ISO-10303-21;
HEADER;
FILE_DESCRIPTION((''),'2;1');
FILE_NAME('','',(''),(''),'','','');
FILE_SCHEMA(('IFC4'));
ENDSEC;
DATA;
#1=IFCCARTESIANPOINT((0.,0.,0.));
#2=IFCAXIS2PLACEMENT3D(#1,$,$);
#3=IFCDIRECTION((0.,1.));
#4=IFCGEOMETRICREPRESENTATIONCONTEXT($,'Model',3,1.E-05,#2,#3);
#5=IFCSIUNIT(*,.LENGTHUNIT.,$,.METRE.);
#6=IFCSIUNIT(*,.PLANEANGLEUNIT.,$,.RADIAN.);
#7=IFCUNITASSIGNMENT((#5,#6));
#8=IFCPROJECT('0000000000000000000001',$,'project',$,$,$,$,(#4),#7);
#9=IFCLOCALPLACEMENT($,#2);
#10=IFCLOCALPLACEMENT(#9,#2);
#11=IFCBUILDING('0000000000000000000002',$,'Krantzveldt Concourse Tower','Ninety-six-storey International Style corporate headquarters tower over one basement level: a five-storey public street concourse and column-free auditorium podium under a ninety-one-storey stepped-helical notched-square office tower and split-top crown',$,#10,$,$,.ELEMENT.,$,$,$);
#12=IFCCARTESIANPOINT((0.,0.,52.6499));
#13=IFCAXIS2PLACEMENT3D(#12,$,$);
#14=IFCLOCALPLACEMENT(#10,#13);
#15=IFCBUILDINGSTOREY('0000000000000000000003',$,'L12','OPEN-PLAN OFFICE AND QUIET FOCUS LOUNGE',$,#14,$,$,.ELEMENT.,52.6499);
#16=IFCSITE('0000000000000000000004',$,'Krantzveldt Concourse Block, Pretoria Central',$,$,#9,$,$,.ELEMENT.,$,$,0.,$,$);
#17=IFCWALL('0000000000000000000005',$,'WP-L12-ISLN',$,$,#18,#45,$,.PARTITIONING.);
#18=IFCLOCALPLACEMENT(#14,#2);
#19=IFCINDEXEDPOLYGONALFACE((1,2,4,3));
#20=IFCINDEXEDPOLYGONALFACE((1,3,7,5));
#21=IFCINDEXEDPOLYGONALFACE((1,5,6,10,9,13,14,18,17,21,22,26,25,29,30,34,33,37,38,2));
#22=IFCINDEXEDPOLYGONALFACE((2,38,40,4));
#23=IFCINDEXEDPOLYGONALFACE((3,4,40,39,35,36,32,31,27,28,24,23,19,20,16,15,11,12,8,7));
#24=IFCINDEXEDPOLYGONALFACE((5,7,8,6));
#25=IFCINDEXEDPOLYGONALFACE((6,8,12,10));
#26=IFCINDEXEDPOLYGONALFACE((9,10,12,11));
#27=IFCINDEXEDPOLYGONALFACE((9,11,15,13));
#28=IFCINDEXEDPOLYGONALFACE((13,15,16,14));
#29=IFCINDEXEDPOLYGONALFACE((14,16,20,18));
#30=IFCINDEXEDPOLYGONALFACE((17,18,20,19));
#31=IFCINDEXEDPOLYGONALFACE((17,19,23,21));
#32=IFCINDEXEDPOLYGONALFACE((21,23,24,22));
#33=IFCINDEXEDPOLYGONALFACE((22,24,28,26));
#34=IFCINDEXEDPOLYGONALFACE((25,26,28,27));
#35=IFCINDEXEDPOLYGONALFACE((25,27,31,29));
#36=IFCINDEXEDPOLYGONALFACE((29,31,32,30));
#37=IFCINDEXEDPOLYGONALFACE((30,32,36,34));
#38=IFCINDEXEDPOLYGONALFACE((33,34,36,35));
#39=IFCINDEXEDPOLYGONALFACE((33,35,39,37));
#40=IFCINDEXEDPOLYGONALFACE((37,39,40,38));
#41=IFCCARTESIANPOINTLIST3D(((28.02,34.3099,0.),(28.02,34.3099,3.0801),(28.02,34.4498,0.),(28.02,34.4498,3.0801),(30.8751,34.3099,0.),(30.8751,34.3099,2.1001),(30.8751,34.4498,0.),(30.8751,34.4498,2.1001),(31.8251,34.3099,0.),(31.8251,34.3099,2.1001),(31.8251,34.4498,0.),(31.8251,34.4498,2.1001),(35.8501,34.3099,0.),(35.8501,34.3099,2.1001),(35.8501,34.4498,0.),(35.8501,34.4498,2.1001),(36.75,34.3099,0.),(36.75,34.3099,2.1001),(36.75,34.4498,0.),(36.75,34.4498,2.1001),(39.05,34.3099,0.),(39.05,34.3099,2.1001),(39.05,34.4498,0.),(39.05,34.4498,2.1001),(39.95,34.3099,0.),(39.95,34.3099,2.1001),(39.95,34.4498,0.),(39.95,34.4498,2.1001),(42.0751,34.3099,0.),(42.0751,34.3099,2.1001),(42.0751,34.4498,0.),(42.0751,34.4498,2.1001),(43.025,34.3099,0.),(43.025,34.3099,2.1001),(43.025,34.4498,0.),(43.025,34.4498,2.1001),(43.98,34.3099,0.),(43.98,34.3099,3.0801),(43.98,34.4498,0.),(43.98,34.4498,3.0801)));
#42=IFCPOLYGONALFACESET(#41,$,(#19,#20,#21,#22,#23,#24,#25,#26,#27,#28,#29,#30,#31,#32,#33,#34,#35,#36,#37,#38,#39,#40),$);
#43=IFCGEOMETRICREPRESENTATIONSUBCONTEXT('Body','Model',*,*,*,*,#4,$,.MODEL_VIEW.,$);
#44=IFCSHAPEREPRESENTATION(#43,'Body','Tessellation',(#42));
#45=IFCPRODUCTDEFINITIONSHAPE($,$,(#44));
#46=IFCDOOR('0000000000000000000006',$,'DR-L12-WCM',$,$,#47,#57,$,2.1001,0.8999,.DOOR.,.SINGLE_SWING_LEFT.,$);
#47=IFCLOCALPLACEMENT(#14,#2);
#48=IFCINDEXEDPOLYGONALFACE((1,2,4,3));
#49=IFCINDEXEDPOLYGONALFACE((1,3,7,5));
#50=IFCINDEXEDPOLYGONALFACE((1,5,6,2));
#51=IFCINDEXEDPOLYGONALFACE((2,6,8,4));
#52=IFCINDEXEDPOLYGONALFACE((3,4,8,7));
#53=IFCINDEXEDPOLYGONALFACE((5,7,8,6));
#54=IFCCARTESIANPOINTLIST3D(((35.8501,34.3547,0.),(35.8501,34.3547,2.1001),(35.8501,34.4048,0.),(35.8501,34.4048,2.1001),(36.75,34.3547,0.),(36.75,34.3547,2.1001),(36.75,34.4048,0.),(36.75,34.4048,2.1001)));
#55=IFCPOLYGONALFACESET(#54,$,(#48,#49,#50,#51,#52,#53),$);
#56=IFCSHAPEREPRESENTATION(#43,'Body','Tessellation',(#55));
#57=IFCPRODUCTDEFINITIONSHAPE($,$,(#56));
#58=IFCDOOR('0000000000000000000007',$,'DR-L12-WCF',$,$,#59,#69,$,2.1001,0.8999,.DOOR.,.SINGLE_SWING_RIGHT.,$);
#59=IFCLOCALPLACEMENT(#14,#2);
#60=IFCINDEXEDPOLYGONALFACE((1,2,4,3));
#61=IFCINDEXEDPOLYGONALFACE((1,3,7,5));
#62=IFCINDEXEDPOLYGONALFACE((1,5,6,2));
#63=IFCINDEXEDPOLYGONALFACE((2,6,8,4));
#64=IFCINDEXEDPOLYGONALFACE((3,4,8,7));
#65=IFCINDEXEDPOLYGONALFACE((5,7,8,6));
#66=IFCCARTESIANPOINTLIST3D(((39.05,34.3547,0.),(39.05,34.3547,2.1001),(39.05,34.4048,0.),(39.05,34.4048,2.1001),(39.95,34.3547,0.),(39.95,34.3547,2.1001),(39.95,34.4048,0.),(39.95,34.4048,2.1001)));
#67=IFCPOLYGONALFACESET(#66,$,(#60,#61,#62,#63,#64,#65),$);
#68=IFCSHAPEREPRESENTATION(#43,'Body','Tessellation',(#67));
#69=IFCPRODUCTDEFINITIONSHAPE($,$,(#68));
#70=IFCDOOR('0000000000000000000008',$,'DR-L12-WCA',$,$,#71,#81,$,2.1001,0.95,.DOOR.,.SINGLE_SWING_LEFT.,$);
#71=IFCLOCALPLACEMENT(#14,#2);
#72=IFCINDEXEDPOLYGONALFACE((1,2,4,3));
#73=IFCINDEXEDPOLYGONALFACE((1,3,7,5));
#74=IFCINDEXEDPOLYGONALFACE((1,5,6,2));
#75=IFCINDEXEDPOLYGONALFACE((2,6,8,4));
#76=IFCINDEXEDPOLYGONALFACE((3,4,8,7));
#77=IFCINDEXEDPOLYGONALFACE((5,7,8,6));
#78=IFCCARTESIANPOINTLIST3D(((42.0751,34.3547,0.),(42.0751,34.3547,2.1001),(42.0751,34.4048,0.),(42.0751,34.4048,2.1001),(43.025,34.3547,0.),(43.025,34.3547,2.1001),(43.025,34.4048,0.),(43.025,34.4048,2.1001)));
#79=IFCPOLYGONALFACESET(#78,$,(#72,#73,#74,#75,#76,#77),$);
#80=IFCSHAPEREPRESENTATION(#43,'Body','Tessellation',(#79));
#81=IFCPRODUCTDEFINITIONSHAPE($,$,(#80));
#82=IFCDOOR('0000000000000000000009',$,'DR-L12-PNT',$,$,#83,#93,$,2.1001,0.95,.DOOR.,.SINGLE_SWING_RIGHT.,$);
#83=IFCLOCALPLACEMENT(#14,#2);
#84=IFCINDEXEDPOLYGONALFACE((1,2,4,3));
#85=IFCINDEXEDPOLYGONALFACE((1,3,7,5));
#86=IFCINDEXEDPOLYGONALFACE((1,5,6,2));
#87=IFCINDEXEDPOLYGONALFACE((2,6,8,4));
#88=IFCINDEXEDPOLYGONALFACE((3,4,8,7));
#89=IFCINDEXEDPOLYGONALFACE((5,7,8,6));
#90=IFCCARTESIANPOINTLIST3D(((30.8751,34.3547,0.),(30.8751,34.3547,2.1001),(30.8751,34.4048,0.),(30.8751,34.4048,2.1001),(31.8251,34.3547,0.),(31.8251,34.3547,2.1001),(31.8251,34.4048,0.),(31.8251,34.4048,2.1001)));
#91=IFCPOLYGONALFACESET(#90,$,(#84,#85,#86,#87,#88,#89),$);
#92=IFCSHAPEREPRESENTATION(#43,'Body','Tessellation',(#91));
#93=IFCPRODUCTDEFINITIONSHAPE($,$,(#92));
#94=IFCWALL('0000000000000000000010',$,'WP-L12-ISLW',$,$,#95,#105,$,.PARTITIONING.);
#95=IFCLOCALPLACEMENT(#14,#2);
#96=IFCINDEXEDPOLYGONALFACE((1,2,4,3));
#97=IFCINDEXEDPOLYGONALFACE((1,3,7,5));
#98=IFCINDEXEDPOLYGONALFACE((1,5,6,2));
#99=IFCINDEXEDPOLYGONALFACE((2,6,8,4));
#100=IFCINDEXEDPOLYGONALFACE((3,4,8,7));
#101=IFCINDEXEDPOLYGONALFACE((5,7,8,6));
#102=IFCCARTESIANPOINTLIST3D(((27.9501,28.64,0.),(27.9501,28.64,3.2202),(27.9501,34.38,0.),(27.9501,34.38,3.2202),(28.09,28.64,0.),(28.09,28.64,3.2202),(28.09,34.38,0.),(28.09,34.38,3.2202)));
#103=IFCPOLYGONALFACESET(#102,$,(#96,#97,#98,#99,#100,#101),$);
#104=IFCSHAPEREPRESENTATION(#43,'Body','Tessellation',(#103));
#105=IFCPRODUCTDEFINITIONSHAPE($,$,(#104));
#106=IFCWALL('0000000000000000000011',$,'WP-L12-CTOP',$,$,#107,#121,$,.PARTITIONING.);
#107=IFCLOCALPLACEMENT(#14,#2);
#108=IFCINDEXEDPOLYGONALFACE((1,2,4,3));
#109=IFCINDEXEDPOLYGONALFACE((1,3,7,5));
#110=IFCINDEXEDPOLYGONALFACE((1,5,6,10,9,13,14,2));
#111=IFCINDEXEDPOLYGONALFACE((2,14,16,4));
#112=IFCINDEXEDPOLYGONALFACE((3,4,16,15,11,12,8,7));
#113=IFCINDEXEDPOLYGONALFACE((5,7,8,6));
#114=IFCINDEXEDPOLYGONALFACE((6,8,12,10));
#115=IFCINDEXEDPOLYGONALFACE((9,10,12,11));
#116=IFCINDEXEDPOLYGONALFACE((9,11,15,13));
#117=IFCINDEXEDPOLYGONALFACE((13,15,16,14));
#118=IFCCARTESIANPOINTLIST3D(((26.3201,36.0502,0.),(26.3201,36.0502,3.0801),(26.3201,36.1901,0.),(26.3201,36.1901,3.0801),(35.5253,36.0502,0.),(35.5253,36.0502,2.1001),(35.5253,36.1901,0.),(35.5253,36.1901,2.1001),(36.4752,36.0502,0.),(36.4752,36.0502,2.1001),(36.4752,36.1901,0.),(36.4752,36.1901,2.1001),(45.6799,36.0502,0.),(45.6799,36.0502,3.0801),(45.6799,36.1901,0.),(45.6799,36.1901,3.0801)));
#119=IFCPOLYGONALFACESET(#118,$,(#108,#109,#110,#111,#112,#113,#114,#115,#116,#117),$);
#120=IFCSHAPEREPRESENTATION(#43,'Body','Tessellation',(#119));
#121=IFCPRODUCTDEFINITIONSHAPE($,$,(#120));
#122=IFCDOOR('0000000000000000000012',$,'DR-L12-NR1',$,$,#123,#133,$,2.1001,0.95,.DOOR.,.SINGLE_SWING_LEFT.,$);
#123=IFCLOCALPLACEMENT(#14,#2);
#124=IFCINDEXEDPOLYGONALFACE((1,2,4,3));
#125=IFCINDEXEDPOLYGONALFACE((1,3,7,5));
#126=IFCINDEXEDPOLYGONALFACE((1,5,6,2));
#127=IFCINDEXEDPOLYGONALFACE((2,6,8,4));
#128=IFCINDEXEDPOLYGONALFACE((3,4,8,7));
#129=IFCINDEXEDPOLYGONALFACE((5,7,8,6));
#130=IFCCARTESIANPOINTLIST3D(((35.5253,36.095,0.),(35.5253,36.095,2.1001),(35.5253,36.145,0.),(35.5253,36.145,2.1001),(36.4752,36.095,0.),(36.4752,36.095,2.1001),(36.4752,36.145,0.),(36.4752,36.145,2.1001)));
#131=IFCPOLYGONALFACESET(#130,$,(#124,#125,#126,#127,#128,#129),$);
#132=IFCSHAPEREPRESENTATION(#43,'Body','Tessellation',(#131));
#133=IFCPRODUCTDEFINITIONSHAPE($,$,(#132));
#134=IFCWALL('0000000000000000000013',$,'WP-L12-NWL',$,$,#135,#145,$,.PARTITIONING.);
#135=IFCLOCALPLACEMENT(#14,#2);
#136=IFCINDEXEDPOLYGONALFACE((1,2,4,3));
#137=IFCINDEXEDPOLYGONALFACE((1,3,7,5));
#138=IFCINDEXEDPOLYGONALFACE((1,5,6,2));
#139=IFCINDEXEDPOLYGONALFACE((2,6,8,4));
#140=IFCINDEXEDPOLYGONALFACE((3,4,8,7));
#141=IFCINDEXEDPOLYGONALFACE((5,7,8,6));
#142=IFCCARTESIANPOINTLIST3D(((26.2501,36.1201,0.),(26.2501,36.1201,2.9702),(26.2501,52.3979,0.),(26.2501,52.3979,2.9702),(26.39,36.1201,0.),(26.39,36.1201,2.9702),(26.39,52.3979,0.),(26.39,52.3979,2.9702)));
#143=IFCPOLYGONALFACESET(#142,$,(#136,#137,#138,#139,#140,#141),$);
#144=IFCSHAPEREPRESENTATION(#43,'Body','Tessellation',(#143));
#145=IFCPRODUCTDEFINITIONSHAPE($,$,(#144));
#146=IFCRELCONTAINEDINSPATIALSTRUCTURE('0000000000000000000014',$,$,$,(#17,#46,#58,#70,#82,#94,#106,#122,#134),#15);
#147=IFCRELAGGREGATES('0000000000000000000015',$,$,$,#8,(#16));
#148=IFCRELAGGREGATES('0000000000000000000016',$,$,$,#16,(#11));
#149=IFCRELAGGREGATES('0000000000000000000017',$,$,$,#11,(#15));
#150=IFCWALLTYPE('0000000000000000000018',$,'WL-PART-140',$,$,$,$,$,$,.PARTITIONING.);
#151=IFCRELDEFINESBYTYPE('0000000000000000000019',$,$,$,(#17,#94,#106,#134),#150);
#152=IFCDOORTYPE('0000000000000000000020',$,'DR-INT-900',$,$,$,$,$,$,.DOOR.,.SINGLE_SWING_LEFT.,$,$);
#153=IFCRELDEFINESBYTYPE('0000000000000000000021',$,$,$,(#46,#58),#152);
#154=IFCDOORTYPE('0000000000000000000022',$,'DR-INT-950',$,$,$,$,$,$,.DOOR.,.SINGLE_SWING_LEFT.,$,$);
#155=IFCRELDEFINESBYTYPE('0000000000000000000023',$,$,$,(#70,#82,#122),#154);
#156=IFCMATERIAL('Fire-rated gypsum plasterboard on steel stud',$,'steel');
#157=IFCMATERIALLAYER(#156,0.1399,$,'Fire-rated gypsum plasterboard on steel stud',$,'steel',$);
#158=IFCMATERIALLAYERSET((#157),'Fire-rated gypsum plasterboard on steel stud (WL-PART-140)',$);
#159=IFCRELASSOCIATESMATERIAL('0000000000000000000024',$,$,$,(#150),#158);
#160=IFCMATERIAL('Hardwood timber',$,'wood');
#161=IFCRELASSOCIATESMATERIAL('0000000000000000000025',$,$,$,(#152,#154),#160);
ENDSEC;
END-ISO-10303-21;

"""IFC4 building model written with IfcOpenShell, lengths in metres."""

from ifc_helpers import new_model, si_unit, direction, frame, frame_2d, origin, place, context, subcontext, project, spatial, rectangle, extrude, material, layer, layer_set, type_object, element, fill, save


model = new_model("IFC4")

# Units and contexts
model_context = context("Model", 3, precision=1e-05, world=origin(), true_north=direction((0.0, 1.0)))
body_context = subcontext(model_context, "Body", "Model", "MODEL_VIEW")
ifc_project = project(units=[si_unit("LENGTHUNIT", "METRE"), si_unit("PLANEANGLEUNIT", "RADIAN")], contexts=[model_context])

# Site, building, storey
site_placement = place(None, origin())
site = spatial("IfcSite", under=ifc_project, at=site_placement, Name="Krantzveldt Concourse Block, Pretoria Central", CompositionType="ELEMENT", RefElevation=0.0)
building_placement = place(site_placement, origin())
building = spatial("IfcBuilding", under=site, at=building_placement, Name="Krantzveldt Concourse Tower", Description="Ninety-six-storey International Style corporate headquarters tower over one basement level: a five-storey public street concourse and column-free auditorium podium under a ninety-one-storey stepped-helical notched-square office tower and split-top crown", CompositionType="ELEMENT")
storey_placement = place(building_placement, frame((0.0, 0.0, 52.6499)))
storey = spatial("IfcBuildingStorey", under=building, at=storey_placement, Name="L12", Description="OPEN-PLAN OFFICE AND QUIET FOCUS LOUNGE", CompositionType="ELEMENT", Elevation=52.6499)

# Shared definitions
ifc_material_1 = material(Name="Fire-rated gypsum plasterboard on steel stud", Category="steel")

# Shared definitions
ifc_layer_1 = layer(ifc_material_1, 0.1399, Name="Fire-rated gypsum plasterboard on steel stud", Category="steel")
ifc_layer_set_1 = layer_set([ifc_layer_1], Name="Fire-rated gypsum plasterboard on steel stud (WL-PART-140)")
wall_type_1 = type_object("IfcWallType", Name="WL-PART-140", PredefinedType="PARTITIONING", material=ifc_layer_set_1)
ifc_material_2 = material(Name="Hardwood timber", Category="wood")

# Wall, openings, doors
wall_1_placement = place(storey_placement, frame((28.02, 34.3799, 0.0), z_axis=(0.0, 0.0, 1.0), x_axis=(1.0, 0.0, 0.0)))
wall_1 = element("IfcWall", 1, at=wall_1_placement, inside=storey, type_object=wall_type_1, Name="WP-L12-ISLN", PredefinedType="PARTITIONING", context=body_context, shape_type="SweptSolid", body=[
    extrude(rectangle(XDim=15.96, YDim=0.1399, at=frame_2d((7.98, 0.0))), origin(), (0.0, 0.0, 1.0), 3.0801),
])
opening_1_placement = place(wall_1_placement, frame((7.8301, 0.0, 0.0)))
opening_1 = element("IfcOpeningElement", 2, at=opening_1_placement, cuts=wall_1, PredefinedType="OPENING", context=body_context, shape_type="SweptSolid", body=[
    extrude(rectangle(XDim=0.8999, YDim=2.1001, at=frame_2d((0.45, 1.05))), frame((0.0, 0.0801, 0.0), z_axis=(0.0, -1.0, 0.0), x_axis=(1.0, 0.0, 0.0)), (0.0, 0.0, 1.0), 0.1599),
])
opening_2_placement = place(wall_1_placement, frame((11.03, 0.0, 0.0)))
opening_2 = element("IfcOpeningElement", 3, at=opening_2_placement, cuts=wall_1, PredefinedType="OPENING", context=body_context, shape_type="SweptSolid", body=[
    extrude(rectangle(XDim=0.8999, YDim=2.1001, at=frame_2d((0.45, 1.05))), frame((0.0, 0.0801, 0.0), z_axis=(0.0, -1.0, 0.0), x_axis=(1.0, 0.0, 0.0)), (0.0, 0.0, 1.0), 0.1599),
])
opening_3_placement = place(wall_1_placement, frame((14.0549, 0.0, 0.0)))
opening_3 = element("IfcOpeningElement", 4, at=opening_3_placement, cuts=wall_1, PredefinedType="OPENING", context=body_context, shape_type="SweptSolid", body=[
    extrude(rectangle(XDim=0.95, YDim=2.1001, at=frame_2d((0.4751, 1.05))), frame((0.0, 0.0801, 0.0), z_axis=(0.0, -1.0, 0.0), x_axis=(1.0, 0.0, 0.0)), (0.0, 0.0, 1.0), 0.1599),
])
opening_4_placement = place(wall_1_placement, frame((2.855, 0.0, 0.0)))
opening_4 = element("IfcOpeningElement", 5, at=opening_4_placement, cuts=wall_1, PredefinedType="OPENING", context=body_context, shape_type="SweptSolid", body=[
    extrude(rectangle(XDim=0.95, YDim=2.1001, at=frame_2d((0.4751, 1.05))), frame((0.0, 0.0801, 0.0), z_axis=(0.0, -1.0, 0.0), x_axis=(1.0, 0.0, 0.0)), (0.0, 0.0, 1.0), 0.1599),
])
door_type_1 = type_object("IfcDoorType", Name="DR-INT-900", OperationType="SINGLE_SWING_LEFT", PredefinedType="DOOR", material=ifc_material_2)
door_1_placement = place(opening_1_placement, origin())
door_1 = element("IfcDoor", 6, at=door_1_placement, inside=storey, type_object=door_type_1, Name="DR-L12-WCM", OperationType="SINGLE_SWING_LEFT", OverallHeight=2.1001, OverallWidth=0.8999, PredefinedType="DOOR", context=body_context, shape_type="SweptSolid", body=[
    extrude(rectangle(XDim=0.8999, YDim=2.1001, at=frame_2d((0.45, 1.05))), frame((0.0, 0.0249, 0.0), z_axis=(0.0, -1.0, 0.0), x_axis=(1.0, 0.0, 0.0)), (0.0, 0.0, 1.0), 0.05),
])
fill(opening_1, door_1)
door_2_placement = place(opening_2_placement, origin())
door_2 = element("IfcDoor", 7, at=door_2_placement, inside=storey, type_object=door_type_1, Name="DR-L12-WCF", OperationType="SINGLE_SWING_RIGHT", OverallHeight=2.1001, OverallWidth=0.8999, PredefinedType="DOOR", context=body_context, shape_type="SweptSolid", body=[
    extrude(rectangle(XDim=0.8999, YDim=2.1001, at=frame_2d((0.45, 1.05))), frame((0.0, 0.0249, 0.0), z_axis=(0.0, -1.0, 0.0), x_axis=(1.0, 0.0, 0.0)), (0.0, 0.0, 1.0), 0.05),
])
fill(opening_2, door_2)
door_type_2 = type_object("IfcDoorType", Name="DR-INT-950", OperationType="SINGLE_SWING_LEFT", PredefinedType="DOOR", material=ifc_material_2)
door_3_placement = place(opening_3_placement, origin())
door_3 = element("IfcDoor", 8, at=door_3_placement, inside=storey, type_object=door_type_2, Name="DR-L12-WCA", OperationType="SINGLE_SWING_LEFT", OverallHeight=2.1001, OverallWidth=0.95, PredefinedType="DOOR", context=body_context, shape_type="SweptSolid", body=[
    extrude(rectangle(XDim=0.95, YDim=2.1001, at=frame_2d((0.4751, 1.05))), frame((0.0, 0.0249, 0.0), z_axis=(0.0, -1.0, 0.0), x_axis=(1.0, 0.0, 0.0)), (0.0, 0.0, 1.0), 0.05),
])
fill(opening_3, door_3)
door_4_placement = place(opening_4_placement, origin())
door_4 = element("IfcDoor", 9, at=door_4_placement, inside=storey, type_object=door_type_2, Name="DR-L12-PNT", OperationType="SINGLE_SWING_RIGHT", OverallHeight=2.1001, OverallWidth=0.95, PredefinedType="DOOR", context=body_context, shape_type="SweptSolid", body=[
    extrude(rectangle(XDim=0.95, YDim=2.1001, at=frame_2d((0.4751, 1.05))), frame((0.0, 0.0249, 0.0), z_axis=(0.0, -1.0, 0.0), x_axis=(1.0, 0.0, 0.0)), (0.0, 0.0, 1.0), 0.05),
])
fill(opening_4, door_4)

# Wall
wall_2_placement = place(storey_placement, frame((28.02, 28.6399, 0.0), z_axis=(0.0, 0.0, 1.0), x_axis=(0.0, 1.0, 0.0)))
element("IfcWall", 10, at=wall_2_placement, inside=storey, type_object=wall_type_1, Name="WP-L12-ISLW", PredefinedType="PARTITIONING", context=body_context, shape_type="SweptSolid", body=[
    extrude(rectangle(XDim=5.74, YDim=0.1399, at=frame_2d((2.8701, 0.0))), origin(), (0.0, 0.0, 1.0), 3.2202),
])

# Wall, opening, door
wall_3_placement = place(storey_placement, frame((26.3201, 36.1201, 0.0), z_axis=(0.0, 0.0, 1.0), x_axis=(1.0, 0.0, 0.0)))
wall_3 = element("IfcWall", 11, at=wall_3_placement, inside=storey, type_object=wall_type_1, Name="WP-L12-CTOP", PredefinedType="PARTITIONING", context=body_context, shape_type="SweptSolid", body=[
    extrude(rectangle(XDim=19.3599, YDim=0.1399, at=frame_2d((9.6799, 0.0))), origin(), (0.0, 0.0, 1.0), 3.0801),
])
opening_5_placement = place(wall_3_placement, frame((9.2051, 0.0, 0.0)))
opening_5 = element("IfcOpeningElement", 12, at=opening_5_placement, cuts=wall_3, PredefinedType="OPENING", context=body_context, shape_type="SweptSolid", body=[
    extrude(rectangle(XDim=0.95, YDim=2.1001, at=frame_2d((0.4751, 1.05))), frame((0.0, 0.0801, 0.0), z_axis=(0.0, -1.0, 0.0), x_axis=(1.0, 0.0, 0.0)), (0.0, 0.0, 1.0), 0.1599),
])
door_5_placement = place(opening_5_placement, origin())
door_5 = element("IfcDoor", 13, at=door_5_placement, inside=storey, type_object=door_type_2, Name="DR-L12-NR1", OperationType="SINGLE_SWING_LEFT", OverallHeight=2.1001, OverallWidth=0.95, PredefinedType="DOOR", context=body_context, shape_type="SweptSolid", body=[
    extrude(rectangle(XDim=0.95, YDim=2.1001, at=frame_2d((0.4751, 1.05))), frame((0.0, 0.0249, 0.0), z_axis=(0.0, -1.0, 0.0), x_axis=(1.0, 0.0, 0.0)), (0.0, 0.0, 1.0), 0.05),
])
fill(opening_5, door_5)

# Wall
wall_4_placement = place(storey_placement, frame((26.3201, 36.1201, 0.0), z_axis=(0.0, 0.0, 1.0), x_axis=(0.0, 1.0, 0.0)))
element("IfcWall", 14, at=wall_4_placement, inside=storey, type_object=wall_type_1, Name="WP-L12-NWL", PredefinedType="PARTITIONING", context=body_context, shape_type="SweptSolid", body=[
    extrude(rectangle(XDim=16.2778, YDim=0.1399, at=frame_2d((8.1389, 0.0))), origin(), (0.0, 0.0, 1.0), 2.9702),
])

save(model, "model.ifc")
